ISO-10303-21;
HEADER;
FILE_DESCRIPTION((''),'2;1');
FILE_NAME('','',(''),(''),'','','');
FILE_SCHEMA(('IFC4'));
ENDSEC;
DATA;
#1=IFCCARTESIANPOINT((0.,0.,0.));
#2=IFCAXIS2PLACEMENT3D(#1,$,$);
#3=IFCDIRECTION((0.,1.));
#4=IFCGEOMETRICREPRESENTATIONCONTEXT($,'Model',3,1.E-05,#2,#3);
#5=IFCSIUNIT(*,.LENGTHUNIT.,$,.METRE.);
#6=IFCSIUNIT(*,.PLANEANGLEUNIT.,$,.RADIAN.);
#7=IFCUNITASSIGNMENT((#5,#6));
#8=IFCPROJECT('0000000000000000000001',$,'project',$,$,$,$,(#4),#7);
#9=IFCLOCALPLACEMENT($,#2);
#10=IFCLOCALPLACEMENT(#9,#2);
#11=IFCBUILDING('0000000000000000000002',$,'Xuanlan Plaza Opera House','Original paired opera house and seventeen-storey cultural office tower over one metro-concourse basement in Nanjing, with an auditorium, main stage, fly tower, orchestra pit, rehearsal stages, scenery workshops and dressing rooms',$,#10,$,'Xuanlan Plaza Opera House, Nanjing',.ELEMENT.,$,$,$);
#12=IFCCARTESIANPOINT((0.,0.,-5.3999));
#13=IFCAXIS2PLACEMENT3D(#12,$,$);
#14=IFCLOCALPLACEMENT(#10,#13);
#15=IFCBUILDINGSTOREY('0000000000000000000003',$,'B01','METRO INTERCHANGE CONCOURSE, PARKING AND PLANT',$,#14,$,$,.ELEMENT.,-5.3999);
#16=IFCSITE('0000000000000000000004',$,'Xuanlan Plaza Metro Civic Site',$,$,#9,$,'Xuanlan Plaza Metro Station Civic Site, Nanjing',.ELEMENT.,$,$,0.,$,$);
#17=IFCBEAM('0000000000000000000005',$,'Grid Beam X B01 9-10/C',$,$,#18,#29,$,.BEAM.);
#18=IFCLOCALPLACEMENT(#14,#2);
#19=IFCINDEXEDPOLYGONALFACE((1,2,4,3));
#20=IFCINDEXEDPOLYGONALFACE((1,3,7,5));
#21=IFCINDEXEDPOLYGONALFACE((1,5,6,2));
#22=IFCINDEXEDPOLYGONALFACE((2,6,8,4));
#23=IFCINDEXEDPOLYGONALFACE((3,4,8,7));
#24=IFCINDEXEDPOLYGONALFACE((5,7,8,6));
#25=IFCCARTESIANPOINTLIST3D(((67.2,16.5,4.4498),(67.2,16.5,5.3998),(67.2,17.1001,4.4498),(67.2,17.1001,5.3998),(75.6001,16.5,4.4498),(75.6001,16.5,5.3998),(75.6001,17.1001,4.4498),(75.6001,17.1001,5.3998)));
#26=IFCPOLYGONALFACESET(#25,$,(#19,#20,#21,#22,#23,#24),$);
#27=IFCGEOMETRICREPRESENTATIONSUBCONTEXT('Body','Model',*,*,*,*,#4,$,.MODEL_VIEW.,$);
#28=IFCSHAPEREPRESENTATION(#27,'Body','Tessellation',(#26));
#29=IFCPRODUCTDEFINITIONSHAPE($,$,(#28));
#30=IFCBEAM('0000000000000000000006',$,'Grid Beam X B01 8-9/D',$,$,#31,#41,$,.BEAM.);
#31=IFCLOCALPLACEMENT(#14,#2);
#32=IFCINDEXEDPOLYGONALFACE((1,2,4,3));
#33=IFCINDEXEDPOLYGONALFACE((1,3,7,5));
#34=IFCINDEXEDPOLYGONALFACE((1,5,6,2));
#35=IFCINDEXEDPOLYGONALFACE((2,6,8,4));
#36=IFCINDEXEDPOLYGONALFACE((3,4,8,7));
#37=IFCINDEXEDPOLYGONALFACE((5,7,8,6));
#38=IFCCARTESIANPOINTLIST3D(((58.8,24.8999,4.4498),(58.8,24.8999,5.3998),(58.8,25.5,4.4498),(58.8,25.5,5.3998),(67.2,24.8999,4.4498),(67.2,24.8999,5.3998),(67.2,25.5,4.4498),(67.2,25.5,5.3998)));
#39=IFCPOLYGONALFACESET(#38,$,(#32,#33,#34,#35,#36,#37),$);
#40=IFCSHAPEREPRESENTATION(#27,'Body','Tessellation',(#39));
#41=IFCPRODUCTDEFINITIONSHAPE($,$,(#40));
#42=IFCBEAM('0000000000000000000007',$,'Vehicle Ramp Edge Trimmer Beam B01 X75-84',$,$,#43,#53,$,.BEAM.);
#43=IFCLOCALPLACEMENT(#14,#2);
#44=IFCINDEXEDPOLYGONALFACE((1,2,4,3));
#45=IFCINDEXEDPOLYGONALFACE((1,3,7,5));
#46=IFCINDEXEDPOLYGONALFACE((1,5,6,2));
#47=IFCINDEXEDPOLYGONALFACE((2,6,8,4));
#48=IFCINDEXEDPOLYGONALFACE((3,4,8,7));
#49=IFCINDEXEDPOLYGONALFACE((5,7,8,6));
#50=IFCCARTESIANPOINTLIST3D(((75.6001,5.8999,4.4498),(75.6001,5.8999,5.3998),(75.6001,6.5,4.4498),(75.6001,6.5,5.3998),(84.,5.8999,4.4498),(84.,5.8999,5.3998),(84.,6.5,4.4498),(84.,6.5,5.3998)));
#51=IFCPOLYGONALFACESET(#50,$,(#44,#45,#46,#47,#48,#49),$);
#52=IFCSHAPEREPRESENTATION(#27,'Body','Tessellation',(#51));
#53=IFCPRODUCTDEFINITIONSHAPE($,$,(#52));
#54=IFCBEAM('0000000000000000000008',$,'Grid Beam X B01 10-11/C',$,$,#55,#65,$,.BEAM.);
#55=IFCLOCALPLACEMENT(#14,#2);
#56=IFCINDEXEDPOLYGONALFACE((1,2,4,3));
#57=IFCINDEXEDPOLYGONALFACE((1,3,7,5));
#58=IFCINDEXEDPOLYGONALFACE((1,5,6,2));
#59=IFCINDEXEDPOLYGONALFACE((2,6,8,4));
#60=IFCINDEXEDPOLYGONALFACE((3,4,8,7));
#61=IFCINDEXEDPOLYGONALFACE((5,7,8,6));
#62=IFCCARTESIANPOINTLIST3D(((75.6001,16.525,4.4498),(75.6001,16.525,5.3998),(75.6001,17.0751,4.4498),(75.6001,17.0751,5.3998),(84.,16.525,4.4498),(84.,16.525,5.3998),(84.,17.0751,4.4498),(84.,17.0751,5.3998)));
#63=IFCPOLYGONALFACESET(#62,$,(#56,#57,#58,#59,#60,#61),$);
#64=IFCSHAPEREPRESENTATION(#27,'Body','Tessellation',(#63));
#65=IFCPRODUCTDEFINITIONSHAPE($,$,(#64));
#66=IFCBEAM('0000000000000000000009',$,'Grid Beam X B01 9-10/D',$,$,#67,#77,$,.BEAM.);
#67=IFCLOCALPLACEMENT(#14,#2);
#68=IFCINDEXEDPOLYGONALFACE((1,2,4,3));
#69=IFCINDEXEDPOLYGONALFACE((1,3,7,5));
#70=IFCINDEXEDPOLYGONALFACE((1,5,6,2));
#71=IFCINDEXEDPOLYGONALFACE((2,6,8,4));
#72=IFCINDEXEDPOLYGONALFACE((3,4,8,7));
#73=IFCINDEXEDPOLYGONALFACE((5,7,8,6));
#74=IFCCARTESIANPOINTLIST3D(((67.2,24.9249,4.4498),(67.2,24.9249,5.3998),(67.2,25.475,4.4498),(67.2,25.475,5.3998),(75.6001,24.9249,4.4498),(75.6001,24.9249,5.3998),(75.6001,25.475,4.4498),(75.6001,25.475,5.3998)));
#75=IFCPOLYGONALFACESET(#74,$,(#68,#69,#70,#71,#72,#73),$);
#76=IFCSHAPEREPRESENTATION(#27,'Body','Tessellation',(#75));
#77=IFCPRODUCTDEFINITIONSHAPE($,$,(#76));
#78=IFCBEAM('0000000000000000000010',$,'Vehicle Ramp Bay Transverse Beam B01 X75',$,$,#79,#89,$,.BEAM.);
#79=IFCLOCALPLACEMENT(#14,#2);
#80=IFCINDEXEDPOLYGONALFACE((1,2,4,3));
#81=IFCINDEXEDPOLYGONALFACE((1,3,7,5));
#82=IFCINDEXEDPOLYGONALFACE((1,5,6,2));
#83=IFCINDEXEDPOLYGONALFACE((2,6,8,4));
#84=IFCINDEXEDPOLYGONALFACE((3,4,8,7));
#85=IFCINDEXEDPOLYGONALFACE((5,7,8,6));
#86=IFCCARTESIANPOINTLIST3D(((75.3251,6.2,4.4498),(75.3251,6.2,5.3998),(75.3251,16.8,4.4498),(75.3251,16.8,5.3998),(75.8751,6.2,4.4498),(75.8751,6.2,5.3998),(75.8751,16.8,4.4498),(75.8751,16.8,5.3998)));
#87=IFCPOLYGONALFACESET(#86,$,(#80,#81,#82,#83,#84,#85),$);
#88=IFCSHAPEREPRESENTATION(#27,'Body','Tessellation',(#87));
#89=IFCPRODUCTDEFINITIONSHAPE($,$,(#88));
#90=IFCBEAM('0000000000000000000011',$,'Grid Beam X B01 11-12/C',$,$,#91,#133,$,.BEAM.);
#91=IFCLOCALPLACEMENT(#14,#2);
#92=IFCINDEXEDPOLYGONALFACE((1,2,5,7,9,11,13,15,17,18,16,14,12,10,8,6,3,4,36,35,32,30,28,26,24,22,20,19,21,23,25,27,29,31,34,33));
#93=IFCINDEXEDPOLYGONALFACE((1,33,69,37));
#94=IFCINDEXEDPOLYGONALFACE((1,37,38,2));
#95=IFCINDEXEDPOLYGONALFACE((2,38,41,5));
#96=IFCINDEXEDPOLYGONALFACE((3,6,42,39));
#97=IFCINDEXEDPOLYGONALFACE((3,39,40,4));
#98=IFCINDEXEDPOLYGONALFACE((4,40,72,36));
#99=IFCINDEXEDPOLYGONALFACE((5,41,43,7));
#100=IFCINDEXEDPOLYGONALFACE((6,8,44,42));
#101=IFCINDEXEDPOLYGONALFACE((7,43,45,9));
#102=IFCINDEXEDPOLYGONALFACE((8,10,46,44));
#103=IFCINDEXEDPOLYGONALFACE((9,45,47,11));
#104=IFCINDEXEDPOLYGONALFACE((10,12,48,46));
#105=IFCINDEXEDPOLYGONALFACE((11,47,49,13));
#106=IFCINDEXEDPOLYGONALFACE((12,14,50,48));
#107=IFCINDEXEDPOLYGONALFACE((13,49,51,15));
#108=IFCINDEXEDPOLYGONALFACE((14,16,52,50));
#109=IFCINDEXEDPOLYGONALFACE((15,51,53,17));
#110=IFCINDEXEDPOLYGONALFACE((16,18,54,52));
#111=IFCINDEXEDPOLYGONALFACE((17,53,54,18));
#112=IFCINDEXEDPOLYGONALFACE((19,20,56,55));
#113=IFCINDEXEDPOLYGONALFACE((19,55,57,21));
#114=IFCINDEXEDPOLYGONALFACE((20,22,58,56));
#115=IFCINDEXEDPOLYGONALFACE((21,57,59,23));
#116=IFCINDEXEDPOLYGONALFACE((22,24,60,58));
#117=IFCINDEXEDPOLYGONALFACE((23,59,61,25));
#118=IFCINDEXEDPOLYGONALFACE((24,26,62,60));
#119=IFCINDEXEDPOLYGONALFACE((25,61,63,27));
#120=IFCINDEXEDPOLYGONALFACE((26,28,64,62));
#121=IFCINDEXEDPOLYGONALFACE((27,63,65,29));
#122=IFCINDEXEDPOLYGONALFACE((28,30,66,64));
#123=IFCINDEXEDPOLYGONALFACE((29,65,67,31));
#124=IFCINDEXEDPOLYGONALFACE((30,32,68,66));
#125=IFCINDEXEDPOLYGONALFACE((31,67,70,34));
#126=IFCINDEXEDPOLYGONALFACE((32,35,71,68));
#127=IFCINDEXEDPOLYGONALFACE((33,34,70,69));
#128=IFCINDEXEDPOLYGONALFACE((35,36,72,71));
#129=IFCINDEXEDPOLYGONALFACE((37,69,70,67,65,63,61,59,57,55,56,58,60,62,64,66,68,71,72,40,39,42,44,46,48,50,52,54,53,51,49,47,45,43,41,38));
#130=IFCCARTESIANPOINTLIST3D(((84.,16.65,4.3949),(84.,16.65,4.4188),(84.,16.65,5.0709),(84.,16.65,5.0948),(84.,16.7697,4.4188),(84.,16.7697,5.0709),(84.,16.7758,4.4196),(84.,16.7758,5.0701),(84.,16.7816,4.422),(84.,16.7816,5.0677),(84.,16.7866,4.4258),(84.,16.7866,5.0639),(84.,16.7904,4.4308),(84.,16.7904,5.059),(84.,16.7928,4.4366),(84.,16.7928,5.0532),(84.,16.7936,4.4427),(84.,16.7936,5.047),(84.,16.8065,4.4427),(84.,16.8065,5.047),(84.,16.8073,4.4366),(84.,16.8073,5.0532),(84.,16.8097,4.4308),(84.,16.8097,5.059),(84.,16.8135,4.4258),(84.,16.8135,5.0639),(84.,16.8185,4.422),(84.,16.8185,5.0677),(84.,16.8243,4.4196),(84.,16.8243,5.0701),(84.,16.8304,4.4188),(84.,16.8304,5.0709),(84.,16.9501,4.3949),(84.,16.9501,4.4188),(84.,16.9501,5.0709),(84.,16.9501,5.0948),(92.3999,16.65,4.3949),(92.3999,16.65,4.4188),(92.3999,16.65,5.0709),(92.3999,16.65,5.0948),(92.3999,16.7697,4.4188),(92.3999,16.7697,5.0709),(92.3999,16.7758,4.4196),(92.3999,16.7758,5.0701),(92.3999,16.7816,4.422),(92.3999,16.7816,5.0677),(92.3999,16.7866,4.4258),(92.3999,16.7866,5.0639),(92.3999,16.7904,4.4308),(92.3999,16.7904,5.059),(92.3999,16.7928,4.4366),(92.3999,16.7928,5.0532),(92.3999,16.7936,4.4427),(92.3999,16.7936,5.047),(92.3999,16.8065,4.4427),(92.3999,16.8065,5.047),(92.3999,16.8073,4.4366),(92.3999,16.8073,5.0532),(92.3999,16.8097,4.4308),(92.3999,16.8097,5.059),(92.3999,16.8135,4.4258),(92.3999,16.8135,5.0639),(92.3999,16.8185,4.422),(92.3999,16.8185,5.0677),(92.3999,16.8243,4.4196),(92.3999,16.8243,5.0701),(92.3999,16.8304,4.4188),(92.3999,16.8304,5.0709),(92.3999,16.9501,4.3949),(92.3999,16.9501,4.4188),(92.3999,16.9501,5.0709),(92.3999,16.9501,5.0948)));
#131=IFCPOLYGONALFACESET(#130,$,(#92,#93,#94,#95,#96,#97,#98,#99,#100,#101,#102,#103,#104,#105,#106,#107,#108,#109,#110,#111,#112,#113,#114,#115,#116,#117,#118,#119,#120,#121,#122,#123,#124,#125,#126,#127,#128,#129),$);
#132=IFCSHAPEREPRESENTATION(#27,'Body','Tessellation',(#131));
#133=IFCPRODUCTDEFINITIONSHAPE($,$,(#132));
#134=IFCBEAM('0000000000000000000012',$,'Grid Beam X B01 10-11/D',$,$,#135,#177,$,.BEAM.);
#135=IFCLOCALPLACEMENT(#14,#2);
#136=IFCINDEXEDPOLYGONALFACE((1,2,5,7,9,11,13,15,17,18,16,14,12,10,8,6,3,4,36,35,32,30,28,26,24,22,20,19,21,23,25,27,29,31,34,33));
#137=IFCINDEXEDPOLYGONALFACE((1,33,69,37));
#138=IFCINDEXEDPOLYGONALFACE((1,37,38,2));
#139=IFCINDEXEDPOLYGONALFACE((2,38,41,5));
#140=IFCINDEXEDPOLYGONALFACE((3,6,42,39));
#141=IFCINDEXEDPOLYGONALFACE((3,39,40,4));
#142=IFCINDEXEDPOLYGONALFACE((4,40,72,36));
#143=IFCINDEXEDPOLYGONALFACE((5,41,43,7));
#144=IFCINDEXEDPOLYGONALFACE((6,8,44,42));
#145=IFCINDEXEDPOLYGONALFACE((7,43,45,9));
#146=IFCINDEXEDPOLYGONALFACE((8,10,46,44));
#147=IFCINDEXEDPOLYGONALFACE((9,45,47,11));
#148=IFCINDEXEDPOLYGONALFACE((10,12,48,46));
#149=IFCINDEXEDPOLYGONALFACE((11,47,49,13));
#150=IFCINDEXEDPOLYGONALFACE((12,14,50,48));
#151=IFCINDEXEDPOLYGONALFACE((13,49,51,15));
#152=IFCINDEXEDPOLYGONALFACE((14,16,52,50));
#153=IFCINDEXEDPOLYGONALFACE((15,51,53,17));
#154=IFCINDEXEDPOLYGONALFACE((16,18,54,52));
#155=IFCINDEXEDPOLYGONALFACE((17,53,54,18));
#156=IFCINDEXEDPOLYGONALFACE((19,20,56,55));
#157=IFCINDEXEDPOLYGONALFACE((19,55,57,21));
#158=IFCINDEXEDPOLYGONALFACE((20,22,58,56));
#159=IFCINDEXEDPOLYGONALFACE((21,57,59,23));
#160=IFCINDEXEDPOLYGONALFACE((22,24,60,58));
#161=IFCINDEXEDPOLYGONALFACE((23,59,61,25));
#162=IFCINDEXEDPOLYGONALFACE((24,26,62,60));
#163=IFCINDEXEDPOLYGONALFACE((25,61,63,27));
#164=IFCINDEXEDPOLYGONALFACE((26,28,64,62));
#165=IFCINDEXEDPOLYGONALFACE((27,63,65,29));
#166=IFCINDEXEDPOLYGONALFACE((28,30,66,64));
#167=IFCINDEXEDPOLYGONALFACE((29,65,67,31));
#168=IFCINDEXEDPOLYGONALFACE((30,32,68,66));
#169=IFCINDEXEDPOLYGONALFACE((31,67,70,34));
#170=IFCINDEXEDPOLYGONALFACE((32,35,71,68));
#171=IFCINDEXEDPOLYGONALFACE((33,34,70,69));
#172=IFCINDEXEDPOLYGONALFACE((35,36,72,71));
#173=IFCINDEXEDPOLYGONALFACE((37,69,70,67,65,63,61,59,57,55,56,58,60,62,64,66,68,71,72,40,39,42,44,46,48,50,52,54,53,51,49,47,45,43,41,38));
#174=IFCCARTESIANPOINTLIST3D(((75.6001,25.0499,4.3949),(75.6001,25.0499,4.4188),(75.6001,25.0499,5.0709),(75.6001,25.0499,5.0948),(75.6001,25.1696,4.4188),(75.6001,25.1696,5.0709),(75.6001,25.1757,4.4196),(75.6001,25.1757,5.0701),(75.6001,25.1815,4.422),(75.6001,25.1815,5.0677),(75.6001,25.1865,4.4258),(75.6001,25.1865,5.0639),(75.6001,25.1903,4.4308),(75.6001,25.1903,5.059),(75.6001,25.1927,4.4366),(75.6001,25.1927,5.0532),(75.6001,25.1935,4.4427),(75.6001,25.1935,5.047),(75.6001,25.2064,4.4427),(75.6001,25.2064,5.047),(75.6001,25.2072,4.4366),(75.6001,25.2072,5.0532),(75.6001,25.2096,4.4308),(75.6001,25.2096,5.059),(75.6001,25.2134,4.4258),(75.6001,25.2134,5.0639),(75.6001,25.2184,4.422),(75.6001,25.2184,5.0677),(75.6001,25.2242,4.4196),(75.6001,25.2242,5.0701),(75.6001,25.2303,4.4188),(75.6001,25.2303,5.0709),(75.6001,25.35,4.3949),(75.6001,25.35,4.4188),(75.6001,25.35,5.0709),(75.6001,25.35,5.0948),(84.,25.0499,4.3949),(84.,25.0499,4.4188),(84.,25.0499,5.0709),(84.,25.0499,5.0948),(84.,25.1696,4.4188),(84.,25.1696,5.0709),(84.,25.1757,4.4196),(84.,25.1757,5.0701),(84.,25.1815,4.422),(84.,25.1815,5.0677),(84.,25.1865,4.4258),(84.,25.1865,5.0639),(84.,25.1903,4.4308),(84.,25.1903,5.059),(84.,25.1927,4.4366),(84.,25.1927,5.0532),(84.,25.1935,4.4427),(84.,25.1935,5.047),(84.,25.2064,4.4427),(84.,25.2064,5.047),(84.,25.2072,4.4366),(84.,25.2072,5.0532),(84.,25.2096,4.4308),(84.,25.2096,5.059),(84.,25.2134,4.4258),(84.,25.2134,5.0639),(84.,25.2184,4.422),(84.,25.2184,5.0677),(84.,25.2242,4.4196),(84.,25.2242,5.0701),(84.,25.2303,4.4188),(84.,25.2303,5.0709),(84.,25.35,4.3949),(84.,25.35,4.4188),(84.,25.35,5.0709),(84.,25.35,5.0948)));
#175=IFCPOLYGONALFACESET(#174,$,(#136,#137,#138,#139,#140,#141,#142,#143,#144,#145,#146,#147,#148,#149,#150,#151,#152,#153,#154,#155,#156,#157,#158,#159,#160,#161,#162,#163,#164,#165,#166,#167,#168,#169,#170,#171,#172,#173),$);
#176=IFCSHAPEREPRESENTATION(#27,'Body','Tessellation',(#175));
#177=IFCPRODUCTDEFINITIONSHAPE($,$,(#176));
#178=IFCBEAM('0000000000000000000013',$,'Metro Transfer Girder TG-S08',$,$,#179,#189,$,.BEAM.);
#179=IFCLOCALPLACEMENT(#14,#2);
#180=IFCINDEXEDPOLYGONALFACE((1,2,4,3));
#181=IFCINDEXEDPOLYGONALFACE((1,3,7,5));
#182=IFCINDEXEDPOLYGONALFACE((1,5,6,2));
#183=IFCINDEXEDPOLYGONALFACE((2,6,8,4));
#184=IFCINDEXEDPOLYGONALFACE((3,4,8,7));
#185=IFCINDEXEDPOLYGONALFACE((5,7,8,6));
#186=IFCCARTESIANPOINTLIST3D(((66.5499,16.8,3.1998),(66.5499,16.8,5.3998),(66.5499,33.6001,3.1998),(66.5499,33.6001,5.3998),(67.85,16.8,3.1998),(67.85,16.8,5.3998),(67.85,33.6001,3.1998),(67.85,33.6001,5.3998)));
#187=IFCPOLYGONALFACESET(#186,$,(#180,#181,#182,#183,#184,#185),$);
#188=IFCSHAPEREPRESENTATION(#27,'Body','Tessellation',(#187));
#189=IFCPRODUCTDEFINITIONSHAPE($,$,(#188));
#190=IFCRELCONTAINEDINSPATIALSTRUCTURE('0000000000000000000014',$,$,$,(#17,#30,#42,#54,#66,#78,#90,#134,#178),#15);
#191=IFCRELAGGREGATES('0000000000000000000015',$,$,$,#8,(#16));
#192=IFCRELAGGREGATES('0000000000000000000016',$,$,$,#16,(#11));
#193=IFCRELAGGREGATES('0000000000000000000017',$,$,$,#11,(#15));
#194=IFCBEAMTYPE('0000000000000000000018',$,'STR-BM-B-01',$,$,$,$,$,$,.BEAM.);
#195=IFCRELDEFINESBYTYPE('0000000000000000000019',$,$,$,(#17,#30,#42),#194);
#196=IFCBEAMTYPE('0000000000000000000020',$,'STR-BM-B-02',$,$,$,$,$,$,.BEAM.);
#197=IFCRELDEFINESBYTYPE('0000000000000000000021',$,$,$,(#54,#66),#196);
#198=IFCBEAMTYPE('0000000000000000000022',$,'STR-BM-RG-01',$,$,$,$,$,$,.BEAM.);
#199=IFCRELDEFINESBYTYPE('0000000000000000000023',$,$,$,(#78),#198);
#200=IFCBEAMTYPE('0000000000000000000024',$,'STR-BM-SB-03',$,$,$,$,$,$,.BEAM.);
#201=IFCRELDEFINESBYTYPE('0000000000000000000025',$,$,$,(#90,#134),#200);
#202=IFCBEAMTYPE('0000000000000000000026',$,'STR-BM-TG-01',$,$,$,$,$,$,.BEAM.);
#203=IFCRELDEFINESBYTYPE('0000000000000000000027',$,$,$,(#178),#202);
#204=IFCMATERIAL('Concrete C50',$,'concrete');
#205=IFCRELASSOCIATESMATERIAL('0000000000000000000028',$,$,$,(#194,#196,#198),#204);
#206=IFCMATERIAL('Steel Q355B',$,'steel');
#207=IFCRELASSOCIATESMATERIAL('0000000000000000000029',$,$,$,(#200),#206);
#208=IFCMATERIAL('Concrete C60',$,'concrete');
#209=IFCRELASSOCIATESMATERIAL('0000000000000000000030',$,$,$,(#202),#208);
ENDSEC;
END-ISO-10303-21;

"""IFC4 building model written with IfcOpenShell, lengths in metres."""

from ifc_helpers import new_model, si_unit, direction, frame, origin, origin_2d, place, context, subcontext, project, spatial, rectangle, i_section, extrude, material, material_profile, profile_set, type_object, element, save


model = new_model("IFC4")

# Units and contexts
model_context = context("Model", 3, precision=1e-05, world=origin(), true_north=direction((0.0, 1.0)))
body_context = subcontext(model_context, "Body", "Model", "MODEL_VIEW")
ifc_project = project(units=[si_unit("LENGTHUNIT", "METRE"), si_unit("PLANEANGLEUNIT", "RADIAN")], contexts=[model_context])

# Site, building, storey
site_placement = place(None, origin())
site = spatial("IfcSite", under=ifc_project, at=site_placement, Name="Xuanlan Plaza Metro Civic Site", LongName="Xuanlan Plaza Metro Station Civic Site, Nanjing", CompositionType="ELEMENT", RefElevation=0.0)
building_placement = place(site_placement, origin())
building = spatial("IfcBuilding", under=site, at=building_placement, Name="Xuanlan Plaza Opera House", Description="Original paired opera house and seventeen-storey cultural office tower over one metro-concourse basement in Nanjing, with an auditorium, main stage, fly tower, orchestra pit, rehearsal stages, scenery workshops and dressing rooms", LongName="Xuanlan Plaza Opera House, Nanjing", CompositionType="ELEMENT")
storey_placement = place(building_placement, frame((0.0, 0.0, -5.3999)))
storey = spatial("IfcBuildingStorey", under=building, at=storey_placement, Name="B01", Description="METRO INTERCHANGE CONCOURSE, PARKING AND PLANT", CompositionType="ELEMENT", Elevation=-5.3999)

# Shared definitions
ifc_material_1 = material(Name="Concrete C50", Category="concrete")

# Shared definitions
ifc_material_2 = material(Name="Concrete C60", Category="concrete")

# Beams
ifc_material_profile_1 = material_profile(ifc_material_1, rectangle(XDim=0.6001, YDim=0.95, at=origin_2d()), Name="RC-BM 600x950")
ifc_profile_set_1 = profile_set([ifc_material_profile_1], Name="Concrete C50")
beam_type_1 = type_object("IfcBeamType", Name="STR-BM-B-01", PredefinedType="BEAM", material=ifc_profile_set_1)
beam_1_placement = place(storey_placement, frame((67.2, 16.8, 4.9248), z_axis=(1.0, 0.0, 0.0), x_axis=(0.0, 1.0, 0.0)))
element("IfcBeam", 1, at=beam_1_placement, inside=storey, type_object=beam_type_1, Name="Grid Beam X B01 9-10/C", PredefinedType="BEAM", context=body_context, shape_type="SweptSolid", body=[
    extrude(rectangle(XDim=0.6001, YDim=0.95, at=origin_2d()), origin(), (0.0, 0.0, 1.0), 8.4001),
])
for number, where, z_axis, x_axis, name in (
    (2, (58.8, 25.2, 4.9248), (1.0, 0.0, 0.0), (0.0, 1.0, 0.0), "Grid Beam X B01 8-9/D"),
    (3, (75.6001, 6.2, 4.9248), (1.0, 0.0, 0.0), (0.0, 1.0, 0.0), "Vehicle Ramp Edge Trimmer Beam B01 X75-84"),
):
    element("IfcBeam", number, at=place(storey_placement, frame(where, z_axis=z_axis, x_axis=x_axis)), inside=storey, type_object=beam_type_1, Name=name, PredefinedType="BEAM", context=body_context, shape_type="SweptSolid", body=[
        extrude(rectangle(XDim=0.6001, YDim=0.95, at=origin_2d()), origin(), (0.0, 0.0, 1.0), 8.3999),
    ])
ifc_material_profile_2 = material_profile(ifc_material_1, rectangle(XDim=0.55, YDim=0.95, at=origin_2d()), Name="RC-BM 550x950")
ifc_profile_set_2 = profile_set([ifc_material_profile_2], Name="Concrete C50")
beam_type_2 = type_object("IfcBeamType", Name="STR-BM-B-02", PredefinedType="BEAM", material=ifc_profile_set_2)
beam_2_placement = place(storey_placement, frame((75.6001, 16.8, 4.9248), z_axis=(1.0, 0.0, 0.0), x_axis=(0.0, 1.0, 0.0)))
element("IfcBeam", 4, at=beam_2_placement, inside=storey, type_object=beam_type_2, Name="Grid Beam X B01 10-11/C", PredefinedType="BEAM", context=body_context, shape_type="SweptSolid", body=[
    extrude(rectangle(XDim=0.55, YDim=0.95, at=origin_2d()), origin(), (0.0, 0.0, 1.0), 8.3999),
])
beam_3_placement = place(storey_placement, frame((67.2, 25.2, 4.9248), z_axis=(1.0, 0.0, 0.0), x_axis=(0.0, 1.0, 0.0)))
element("IfcBeam", 5, at=beam_3_placement, inside=storey, type_object=beam_type_2, Name="Grid Beam X B01 9-10/D", PredefinedType="BEAM", context=body_context, shape_type="SweptSolid", body=[
    extrude(rectangle(XDim=0.55, YDim=0.95, at=origin_2d()), origin(), (0.0, 0.0, 1.0), 8.4001),
])
ifc_material_profile_3 = material_profile(ifc_material_1, rectangle(XDim=0.55, YDim=0.95, at=origin_2d()), Name="RC-BM 550x950")
ifc_profile_set_3 = profile_set([ifc_material_profile_3], Name="Concrete C50")
beam_type_3 = type_object("IfcBeamType", Name="STR-BM-RG-01", PredefinedType="BEAM", material=ifc_profile_set_3)
beam_4_placement = place(storey_placement, frame((75.6001, 6.2, 4.9248), z_axis=(0.0, 1.0, 0.0), x_axis=(-1.0, 0.0, 0.0)))
element("IfcBeam", 6, at=beam_4_placement, inside=storey, type_object=beam_type_3, Name="Vehicle Ramp Bay Transverse Beam B01 X75", PredefinedType="BEAM", context=body_context, shape_type="SweptSolid", body=[
    extrude(rectangle(XDim=0.55, YDim=0.95, at=origin_2d()), origin(), (0.0, 0.0, 1.0), 10.6001),
])
ifc_material_3 = material(Name="Steel Q355B", Category="steel")
ifc_material_profile_4 = material_profile(ifc_material_3, i_section(OverallWidth=0.3, OverallDepth=0.7, WebThickness=0.0129, FlangeThickness=0.0239, FilletRadius=0.0239, at=origin_2d()), Name="HN 700x300x13x24")
ifc_profile_set_4 = profile_set([ifc_material_profile_4], Name="Steel Q355B")
beam_type_4 = type_object("IfcBeamType", Name="STR-BM-SB-03", PredefinedType="BEAM", material=ifc_profile_set_4)
for number, where, z_axis, x_axis, name in (
    (7, (84.0, 16.8, 4.7449), (1.0, 0.0, 0.0), (0.0, 1.0, 0.0), "Grid Beam X B01 11-12/C"),
    (8, (75.6001, 25.2, 4.7449), (1.0, 0.0, 0.0), (0.0, 1.0, 0.0), "Grid Beam X B01 10-11/D"),
):
    element("IfcBeam", number, at=place(storey_placement, frame(where, z_axis=z_axis, x_axis=x_axis)), inside=storey, type_object=beam_type_4, Name=name, PredefinedType="BEAM", context=body_context, shape_type="SweptSolid", body=[
        extrude(i_section(OverallWidth=0.3, OverallDepth=0.7, WebThickness=0.0129, FlangeThickness=0.0239, FilletRadius=0.0239, at=origin_2d()), origin(), (0.0, 0.0, 1.0), 8.3999),
    ])
ifc_material_profile_5 = material_profile(ifc_material_2, rectangle(XDim=1.3, YDim=2.2, at=origin_2d()), Name="RC-TG 1300x2200")
ifc_profile_set_5 = profile_set([ifc_material_profile_5], Name="Concrete C60")
beam_type_5 = type_object("IfcBeamType", Name="STR-BM-TG-01", PredefinedType="BEAM", material=ifc_profile_set_5)
for number, where, z_axis, x_axis, name in (
    (9, (67.2, 16.8, 4.2998), (0.0, 1.0, 0.0), (-1.0, 0.0, 0.0), "Metro Transfer Girder TG-S08"),
):
    element("IfcBeam", number, at=place(storey_placement, frame(where, z_axis=z_axis, x_axis=x_axis)), inside=storey, type_object=beam_type_5, Name=name, PredefinedType="BEAM", context=body_context, shape_type="SweptSolid", body=[
        extrude(rectangle(XDim=1.3, YDim=2.2, at=origin_2d()), origin(), (0.0, 0.0, 1.0), 16.8),
    ])

save(model, "model.ifc")
